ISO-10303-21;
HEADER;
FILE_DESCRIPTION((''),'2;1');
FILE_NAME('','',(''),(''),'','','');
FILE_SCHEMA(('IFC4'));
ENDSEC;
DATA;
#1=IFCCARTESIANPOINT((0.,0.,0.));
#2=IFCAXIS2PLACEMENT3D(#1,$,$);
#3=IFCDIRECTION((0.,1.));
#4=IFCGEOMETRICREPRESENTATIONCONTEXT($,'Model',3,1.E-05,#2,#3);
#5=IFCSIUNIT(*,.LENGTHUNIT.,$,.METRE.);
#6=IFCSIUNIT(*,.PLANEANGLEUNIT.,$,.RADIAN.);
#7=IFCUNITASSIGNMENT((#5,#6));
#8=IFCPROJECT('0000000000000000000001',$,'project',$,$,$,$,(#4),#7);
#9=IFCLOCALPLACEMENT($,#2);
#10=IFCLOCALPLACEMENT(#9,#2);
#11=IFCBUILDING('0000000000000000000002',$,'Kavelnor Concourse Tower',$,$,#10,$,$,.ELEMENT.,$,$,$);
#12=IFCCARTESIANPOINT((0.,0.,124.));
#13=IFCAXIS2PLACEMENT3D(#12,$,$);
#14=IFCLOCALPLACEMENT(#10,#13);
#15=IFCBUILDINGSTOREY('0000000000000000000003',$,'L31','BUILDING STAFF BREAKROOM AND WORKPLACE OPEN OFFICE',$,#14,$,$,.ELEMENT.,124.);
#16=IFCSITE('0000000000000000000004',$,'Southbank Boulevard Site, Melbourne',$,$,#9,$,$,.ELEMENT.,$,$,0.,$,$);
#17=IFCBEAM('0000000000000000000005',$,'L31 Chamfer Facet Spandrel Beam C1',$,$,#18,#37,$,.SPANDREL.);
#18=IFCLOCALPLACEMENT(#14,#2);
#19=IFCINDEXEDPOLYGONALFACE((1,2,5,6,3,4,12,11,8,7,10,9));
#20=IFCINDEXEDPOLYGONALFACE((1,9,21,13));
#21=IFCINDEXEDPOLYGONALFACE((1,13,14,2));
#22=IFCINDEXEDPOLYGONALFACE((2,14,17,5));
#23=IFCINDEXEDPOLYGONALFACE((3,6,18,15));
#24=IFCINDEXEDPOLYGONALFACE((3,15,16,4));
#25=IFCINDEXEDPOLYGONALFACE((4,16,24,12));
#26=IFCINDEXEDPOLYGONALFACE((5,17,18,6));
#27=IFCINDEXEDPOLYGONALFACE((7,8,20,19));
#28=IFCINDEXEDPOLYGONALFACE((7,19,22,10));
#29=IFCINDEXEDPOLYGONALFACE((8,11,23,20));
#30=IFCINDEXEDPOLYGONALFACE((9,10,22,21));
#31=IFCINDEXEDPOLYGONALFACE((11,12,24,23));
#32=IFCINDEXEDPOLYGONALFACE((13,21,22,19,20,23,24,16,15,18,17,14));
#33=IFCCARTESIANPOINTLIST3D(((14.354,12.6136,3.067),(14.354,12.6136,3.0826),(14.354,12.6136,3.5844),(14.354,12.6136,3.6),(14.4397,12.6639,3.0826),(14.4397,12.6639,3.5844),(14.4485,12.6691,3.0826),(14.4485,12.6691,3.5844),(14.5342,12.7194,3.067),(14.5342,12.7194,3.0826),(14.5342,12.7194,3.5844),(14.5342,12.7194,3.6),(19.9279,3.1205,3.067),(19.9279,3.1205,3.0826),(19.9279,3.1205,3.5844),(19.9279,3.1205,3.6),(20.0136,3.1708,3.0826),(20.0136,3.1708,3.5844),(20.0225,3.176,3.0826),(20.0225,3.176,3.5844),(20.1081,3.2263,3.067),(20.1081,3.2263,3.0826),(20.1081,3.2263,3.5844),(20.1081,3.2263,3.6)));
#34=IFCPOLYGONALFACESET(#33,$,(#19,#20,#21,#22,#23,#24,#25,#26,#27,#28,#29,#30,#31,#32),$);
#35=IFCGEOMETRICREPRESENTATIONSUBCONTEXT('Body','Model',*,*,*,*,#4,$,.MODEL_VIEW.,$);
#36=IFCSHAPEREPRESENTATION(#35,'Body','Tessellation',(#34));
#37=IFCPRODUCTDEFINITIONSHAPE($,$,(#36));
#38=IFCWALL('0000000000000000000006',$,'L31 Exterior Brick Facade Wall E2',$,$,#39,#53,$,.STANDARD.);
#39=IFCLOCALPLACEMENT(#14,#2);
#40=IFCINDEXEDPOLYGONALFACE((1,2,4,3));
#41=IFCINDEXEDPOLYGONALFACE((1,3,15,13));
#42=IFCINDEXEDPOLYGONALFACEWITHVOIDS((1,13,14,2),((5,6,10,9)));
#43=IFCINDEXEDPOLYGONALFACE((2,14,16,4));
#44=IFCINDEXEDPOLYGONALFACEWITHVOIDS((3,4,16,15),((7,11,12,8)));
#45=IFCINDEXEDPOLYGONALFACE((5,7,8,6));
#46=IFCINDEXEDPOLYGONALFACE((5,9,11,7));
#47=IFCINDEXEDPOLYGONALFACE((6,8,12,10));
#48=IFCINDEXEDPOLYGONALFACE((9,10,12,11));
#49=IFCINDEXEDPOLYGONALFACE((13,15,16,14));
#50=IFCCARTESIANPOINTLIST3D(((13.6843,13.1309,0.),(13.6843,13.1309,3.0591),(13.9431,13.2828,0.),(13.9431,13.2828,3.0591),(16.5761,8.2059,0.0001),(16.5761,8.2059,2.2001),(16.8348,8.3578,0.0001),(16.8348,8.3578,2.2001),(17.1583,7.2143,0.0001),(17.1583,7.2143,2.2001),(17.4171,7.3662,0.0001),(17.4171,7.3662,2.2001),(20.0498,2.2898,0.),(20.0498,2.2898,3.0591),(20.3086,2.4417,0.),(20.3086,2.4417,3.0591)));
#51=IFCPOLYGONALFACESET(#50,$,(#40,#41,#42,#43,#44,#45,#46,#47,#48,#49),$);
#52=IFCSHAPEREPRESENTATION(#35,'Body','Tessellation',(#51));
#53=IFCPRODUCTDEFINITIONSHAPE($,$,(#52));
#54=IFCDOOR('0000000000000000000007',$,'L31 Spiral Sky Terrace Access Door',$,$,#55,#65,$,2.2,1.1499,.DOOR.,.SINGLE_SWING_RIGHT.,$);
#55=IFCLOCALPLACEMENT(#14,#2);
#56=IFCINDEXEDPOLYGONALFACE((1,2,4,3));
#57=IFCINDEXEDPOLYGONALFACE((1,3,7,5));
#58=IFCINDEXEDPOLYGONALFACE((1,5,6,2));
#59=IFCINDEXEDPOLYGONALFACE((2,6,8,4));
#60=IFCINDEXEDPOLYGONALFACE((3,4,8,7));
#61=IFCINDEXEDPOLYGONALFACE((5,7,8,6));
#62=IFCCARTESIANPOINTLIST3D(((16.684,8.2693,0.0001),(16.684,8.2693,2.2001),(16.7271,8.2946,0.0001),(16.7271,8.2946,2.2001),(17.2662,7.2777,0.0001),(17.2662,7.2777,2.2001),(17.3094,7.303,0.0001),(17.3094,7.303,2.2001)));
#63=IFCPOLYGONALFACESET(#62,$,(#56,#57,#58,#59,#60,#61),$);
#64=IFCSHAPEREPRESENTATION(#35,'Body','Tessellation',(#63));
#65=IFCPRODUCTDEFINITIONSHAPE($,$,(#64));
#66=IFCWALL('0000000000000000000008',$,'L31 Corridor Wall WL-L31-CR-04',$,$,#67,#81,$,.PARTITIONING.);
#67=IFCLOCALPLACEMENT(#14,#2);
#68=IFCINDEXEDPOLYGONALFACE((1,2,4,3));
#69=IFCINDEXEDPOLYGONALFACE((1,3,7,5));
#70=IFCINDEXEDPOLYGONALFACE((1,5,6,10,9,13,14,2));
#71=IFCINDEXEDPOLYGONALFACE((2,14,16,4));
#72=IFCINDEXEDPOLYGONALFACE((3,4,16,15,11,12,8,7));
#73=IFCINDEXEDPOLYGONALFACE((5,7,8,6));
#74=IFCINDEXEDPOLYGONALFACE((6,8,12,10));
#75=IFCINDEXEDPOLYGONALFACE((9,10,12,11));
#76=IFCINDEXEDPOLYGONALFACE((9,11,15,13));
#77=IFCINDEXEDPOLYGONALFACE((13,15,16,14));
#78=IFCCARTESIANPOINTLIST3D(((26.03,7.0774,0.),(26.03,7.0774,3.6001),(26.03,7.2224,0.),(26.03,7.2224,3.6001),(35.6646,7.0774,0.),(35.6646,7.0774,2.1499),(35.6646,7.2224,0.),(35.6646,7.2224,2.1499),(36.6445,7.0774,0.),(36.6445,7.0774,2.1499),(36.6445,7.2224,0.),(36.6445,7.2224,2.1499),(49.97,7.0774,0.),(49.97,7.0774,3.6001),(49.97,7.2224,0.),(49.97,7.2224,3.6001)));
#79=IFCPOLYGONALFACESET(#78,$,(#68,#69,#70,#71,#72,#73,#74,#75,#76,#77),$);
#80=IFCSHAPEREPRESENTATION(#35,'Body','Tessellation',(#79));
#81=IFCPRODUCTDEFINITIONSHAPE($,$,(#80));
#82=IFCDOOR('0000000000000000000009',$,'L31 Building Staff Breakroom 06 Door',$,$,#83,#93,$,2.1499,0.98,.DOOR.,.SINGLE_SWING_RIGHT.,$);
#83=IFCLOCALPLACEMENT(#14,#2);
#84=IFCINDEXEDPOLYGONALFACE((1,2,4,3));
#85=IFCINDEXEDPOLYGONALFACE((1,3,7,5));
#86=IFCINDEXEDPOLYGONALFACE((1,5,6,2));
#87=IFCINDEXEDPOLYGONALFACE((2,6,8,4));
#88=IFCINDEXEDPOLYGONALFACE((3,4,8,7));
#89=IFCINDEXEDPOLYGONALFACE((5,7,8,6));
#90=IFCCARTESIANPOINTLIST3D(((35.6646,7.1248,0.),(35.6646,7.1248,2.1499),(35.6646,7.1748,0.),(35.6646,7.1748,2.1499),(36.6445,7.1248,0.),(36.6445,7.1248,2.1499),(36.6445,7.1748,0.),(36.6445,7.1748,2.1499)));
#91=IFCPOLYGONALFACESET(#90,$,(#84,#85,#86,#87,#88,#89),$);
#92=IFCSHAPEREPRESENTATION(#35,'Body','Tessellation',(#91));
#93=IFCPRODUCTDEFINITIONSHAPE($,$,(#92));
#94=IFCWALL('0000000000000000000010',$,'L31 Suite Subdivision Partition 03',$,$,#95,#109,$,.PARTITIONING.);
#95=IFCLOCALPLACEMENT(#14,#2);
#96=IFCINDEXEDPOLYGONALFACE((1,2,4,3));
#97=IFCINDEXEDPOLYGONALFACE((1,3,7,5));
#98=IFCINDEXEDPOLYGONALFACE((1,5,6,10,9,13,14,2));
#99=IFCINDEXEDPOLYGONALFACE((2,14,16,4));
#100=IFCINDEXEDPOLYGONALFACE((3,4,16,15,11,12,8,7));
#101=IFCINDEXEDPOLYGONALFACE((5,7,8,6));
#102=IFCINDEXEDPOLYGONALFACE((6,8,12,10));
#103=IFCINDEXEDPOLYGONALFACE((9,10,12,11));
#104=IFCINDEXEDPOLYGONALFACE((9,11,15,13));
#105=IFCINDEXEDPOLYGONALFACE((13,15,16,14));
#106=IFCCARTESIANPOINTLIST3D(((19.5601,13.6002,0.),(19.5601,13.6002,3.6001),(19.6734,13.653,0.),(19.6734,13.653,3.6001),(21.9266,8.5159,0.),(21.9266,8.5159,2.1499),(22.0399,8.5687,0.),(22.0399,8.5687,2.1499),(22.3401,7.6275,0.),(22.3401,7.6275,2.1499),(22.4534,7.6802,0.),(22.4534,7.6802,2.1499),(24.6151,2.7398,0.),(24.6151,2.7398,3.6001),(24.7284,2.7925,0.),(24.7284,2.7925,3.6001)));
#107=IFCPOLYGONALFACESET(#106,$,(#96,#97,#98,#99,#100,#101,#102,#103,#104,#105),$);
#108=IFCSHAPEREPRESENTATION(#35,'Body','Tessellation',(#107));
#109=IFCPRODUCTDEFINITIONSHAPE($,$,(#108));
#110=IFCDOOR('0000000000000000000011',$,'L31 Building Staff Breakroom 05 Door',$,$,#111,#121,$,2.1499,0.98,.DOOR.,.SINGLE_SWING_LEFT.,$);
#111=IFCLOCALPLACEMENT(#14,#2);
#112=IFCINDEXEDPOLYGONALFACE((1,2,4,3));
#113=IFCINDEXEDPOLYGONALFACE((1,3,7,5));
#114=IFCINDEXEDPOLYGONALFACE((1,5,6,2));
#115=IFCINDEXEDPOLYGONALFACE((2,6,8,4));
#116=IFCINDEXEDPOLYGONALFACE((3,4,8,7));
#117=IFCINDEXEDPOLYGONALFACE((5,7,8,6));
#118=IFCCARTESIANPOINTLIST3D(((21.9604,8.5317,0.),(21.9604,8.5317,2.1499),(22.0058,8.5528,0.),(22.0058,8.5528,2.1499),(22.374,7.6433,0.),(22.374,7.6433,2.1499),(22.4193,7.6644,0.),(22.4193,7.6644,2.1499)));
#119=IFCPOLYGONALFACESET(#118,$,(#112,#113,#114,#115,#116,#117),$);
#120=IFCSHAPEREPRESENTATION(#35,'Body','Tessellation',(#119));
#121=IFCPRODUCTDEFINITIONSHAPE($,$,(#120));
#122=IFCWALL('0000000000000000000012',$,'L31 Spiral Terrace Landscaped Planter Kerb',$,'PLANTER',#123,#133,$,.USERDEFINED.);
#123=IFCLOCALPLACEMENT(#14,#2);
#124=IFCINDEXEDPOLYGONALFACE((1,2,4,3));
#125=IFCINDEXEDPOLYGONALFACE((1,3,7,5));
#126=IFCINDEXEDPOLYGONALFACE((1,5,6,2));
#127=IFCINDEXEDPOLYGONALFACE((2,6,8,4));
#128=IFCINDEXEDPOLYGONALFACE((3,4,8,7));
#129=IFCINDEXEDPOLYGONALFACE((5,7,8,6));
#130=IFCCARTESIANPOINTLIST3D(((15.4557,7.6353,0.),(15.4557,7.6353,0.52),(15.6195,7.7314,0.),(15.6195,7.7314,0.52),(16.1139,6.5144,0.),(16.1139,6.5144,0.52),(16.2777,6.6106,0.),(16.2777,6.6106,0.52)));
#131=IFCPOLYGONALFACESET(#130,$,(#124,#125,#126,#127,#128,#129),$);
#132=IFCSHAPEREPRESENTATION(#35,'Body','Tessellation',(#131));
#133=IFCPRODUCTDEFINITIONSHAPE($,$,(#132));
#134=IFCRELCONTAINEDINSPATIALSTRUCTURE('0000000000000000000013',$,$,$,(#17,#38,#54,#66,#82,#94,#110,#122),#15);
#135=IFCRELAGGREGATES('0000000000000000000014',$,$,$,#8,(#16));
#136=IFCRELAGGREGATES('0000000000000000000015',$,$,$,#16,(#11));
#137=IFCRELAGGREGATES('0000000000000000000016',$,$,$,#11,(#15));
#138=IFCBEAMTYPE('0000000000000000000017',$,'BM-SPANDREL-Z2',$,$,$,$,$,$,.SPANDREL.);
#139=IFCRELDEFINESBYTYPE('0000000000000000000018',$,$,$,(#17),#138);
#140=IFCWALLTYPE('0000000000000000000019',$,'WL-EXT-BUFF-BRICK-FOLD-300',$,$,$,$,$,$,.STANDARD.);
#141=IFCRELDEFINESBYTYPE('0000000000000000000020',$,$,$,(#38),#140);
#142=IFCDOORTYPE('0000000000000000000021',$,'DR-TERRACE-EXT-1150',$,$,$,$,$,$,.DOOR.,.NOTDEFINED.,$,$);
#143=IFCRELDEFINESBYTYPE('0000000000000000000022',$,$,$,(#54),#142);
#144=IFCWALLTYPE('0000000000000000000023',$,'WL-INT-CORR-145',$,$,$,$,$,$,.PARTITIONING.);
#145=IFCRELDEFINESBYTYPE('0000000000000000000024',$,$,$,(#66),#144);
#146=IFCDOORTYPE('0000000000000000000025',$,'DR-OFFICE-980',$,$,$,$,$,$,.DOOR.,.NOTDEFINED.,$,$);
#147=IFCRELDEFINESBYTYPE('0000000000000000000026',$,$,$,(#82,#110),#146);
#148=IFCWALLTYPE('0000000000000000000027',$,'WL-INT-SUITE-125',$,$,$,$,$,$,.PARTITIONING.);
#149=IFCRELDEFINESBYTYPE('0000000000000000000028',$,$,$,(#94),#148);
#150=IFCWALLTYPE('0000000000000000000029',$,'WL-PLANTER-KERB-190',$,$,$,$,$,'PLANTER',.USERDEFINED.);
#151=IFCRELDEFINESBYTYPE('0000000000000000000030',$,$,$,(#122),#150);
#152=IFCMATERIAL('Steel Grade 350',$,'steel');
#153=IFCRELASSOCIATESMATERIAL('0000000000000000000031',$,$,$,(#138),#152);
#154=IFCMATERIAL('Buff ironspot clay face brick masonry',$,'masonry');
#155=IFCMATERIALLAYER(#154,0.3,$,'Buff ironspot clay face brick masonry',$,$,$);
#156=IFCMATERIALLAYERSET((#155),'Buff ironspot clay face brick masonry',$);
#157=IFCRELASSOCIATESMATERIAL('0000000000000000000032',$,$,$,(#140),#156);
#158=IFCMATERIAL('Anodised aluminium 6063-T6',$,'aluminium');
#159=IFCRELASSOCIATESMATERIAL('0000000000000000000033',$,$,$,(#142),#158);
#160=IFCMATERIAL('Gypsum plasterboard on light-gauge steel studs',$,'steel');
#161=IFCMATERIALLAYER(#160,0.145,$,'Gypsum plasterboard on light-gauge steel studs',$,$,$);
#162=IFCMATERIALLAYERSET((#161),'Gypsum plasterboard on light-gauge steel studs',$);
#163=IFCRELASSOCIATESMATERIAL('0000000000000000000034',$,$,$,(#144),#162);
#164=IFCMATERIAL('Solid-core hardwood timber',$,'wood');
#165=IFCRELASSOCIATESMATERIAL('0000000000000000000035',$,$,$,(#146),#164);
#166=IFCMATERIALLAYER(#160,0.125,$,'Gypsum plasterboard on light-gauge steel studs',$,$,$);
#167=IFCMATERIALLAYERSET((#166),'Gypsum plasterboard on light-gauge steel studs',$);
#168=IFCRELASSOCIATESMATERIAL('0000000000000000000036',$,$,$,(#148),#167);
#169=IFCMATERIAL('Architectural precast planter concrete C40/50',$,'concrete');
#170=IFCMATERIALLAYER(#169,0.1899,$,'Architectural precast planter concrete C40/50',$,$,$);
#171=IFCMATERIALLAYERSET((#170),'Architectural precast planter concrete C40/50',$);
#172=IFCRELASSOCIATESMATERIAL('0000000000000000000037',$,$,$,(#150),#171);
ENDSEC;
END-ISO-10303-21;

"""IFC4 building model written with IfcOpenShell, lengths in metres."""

from ifc_helpers import new_model, si_unit, direction, frame, frame_2d, origin, origin_2d, place, context, subcontext, project, spatial, rectangle, i_section, extrude, material, layer, layer_set, material_profile, profile_set, type_object, element, fill, save


model = new_model("IFC4")

# Units and contexts
model_context = context("Model", 3, precision=1e-05, world=origin(), true_north=direction((0.0, 1.0)))
body_context = subcontext(model_context, "Body", "Model", "MODEL_VIEW")
ifc_project = project(units=[si_unit("LENGTHUNIT", "METRE"), si_unit("PLANEANGLEUNIT", "RADIAN")], contexts=[model_context])

# Site, building, storey
site_placement = place(None, origin())
site = spatial("IfcSite", under=ifc_project, at=site_placement, Name="Southbank Boulevard Site, Melbourne", CompositionType="ELEMENT", RefElevation=0.0)
building_placement = place(site_placement, origin())
building = spatial("IfcBuilding", under=site, at=building_placement, Name="Kavelnor Concourse Tower", CompositionType="ELEMENT")
storey_placement = place(building_placement, frame((0.0, 0.0, 124.0)))
storey = spatial("IfcBuildingStorey", under=building, at=storey_placement, Name="L31", Description="BUILDING STAFF BREAKROOM AND WORKPLACE OPEN OFFICE", CompositionType="ELEMENT", Elevation=124.0)

# Shared definitions
ifc_material_1 = material(Name="Steel Grade 350", Category="steel")

# Beam
ifc_material_profile_1 = material_profile(ifc_material_1, i_section(OverallWidth=0.209, OverallDepth=0.533, WebThickness=0.0103, FlangeThickness=0.0156, at=origin_2d()), Name="530UB92")
ifc_profile_set_1 = profile_set([ifc_material_profile_1], Name="Steel Grade 350")
beam_type_1 = type_object("IfcBeamType", Name="BM-SPANDREL-Z2", PredefinedType="SPANDREL", material=ifc_profile_set_1)
beam_1_placement = place(storey_placement, frame((14.4441, 12.6665, 3.3335), z_axis=(0.506329, -0.86234, 0.0), x_axis=(0.86234, 0.506329, 0.0)))
element("IfcBeam", 1, at=beam_1_placement, inside=storey, type_object=beam_type_1, Name="L31 Chamfer Facet Spandrel Beam C1", PredefinedType="SPANDREL", context=body_context, shape_type="SweptSolid", body=[
    extrude(i_section(OverallWidth=0.209, OverallDepth=0.533, WebThickness=0.0103, FlangeThickness=0.0156, at=origin_2d()), origin(), (0.0, 0.0, 1.0), 11.0085),
])

# Walls, openings, doors
ifc_material_2 = material(Name="Buff ironspot clay face brick masonry", Category="masonry")
ifc_layer_1 = layer(ifc_material_2, 0.3, Name="Buff ironspot clay face brick masonry")
ifc_layer_set_1 = layer_set([ifc_layer_1], Name="Buff ironspot clay face brick masonry")
wall_type_1 = type_object("IfcWallType", Name="WL-EXT-BUFF-BRICK-FOLD-300", PredefinedType="STANDARD", material=ifc_layer_set_1)
wall_1_placement = place(storey_placement, frame((20.1792, 2.3657, 0.0), z_axis=(0.0, 0.0, 1.0), x_axis=(-0.506333, 0.862338, 0.0)))
wall_1 = element("IfcWall", 2, at=wall_1_placement, inside=storey, type_object=wall_type_1, Name="L31 Exterior Brick Facade Wall E2", PredefinedType="STANDARD", context=body_context, shape_type="SweptSolid", body=[
    extrude(rectangle(XDim=12.5718, YDim=0.3, at=frame_2d((6.2859, 0.0))), origin(), (0.0, 0.0, 1.0), 3.0591),
])
opening_1_placement = place(wall_1_placement, frame((5.7107, 0.0, 0.0)))
opening_1 = element("IfcOpeningElement", 3, at=opening_1_placement, cuts=wall_1, PredefinedType="OPENING", context=body_context, shape_type="SweptSolid", body=[
    extrude(rectangle(XDim=1.1499, YDim=2.2, at=frame_2d((0.575, 1.1001))), frame((0.0, 0.1602, 0.0), z_axis=(0.0, -1.0, 0.0), x_axis=(1.0, 0.0, 0.0)), (0.0, 0.0, 1.0), 0.3201),
])
ifc_material_3 = material(Name="Anodised aluminium 6063-T6", Category="aluminium")
door_type_1 = type_object("IfcDoorType", Name="DR-TERRACE-EXT-1150", OperationType="NOTDEFINED", PredefinedType="DOOR", material=ifc_material_3)
door_1_placement = place(opening_1_placement, origin())
door_1 = element("IfcDoor", 4, at=door_1_placement, inside=storey, type_object=door_type_1, Name="L31 Spiral Sky Terrace Access Door", OperationType="SINGLE_SWING_RIGHT", OverallHeight=2.2, OverallWidth=1.1499, PredefinedType="DOOR", context=body_context, shape_type="SweptSolid", body=[
    extrude(rectangle(XDim=1.1499, YDim=2.2, at=frame_2d((0.575, 1.1001))), frame((0.0, 0.0249, 0.0), z_axis=(0.0, -1.0, 0.0), x_axis=(1.0, 0.0, 0.0)), (0.0, 0.0, 1.0), 0.05),
])
fill(opening_1, door_1)
ifc_material_4 = material(Name="Gypsum plasterboard on light-gauge steel studs", Category="steel")
ifc_layer_2 = layer(ifc_material_4, 0.145, Name="Gypsum plasterboard on light-gauge steel studs")
ifc_layer_set_2 = layer_set([ifc_layer_2], Name="Gypsum plasterboard on light-gauge steel studs")
wall_type_2 = type_object("IfcWallType", Name="WL-INT-CORR-145", PredefinedType="PARTITIONING", material=ifc_layer_set_2)
wall_2_placement = place(storey_placement, frame((26.03, 7.1499, 0.0), z_axis=(0.0, 0.0, 1.0), x_axis=(1.0, 0.0, 0.0)))
wall_2 = element("IfcWall", 5, at=wall_2_placement, inside=storey, type_object=wall_type_2, Name="L31 Corridor Wall WL-L31-CR-04", PredefinedType="PARTITIONING", context=body_context, shape_type="SweptSolid", body=[
    extrude(rectangle(XDim=23.9399, YDim=0.145, at=frame_2d((11.97, 0.0))), origin(), (0.0, 0.0, 1.0), 3.6001),
])
opening_2_placement = place(wall_2_placement, frame((9.6345, 0.0, 0.0)))
opening_2 = element("IfcOpeningElement", 6, at=opening_2_placement, cuts=wall_2, PredefinedType="OPENING", context=body_context, shape_type="SweptSolid", body=[
    extrude(rectangle(XDim=0.98, YDim=2.1499, at=frame_2d((0.49, 1.075))), frame((0.0, 0.0825, 0.0), z_axis=(0.0, -1.0, 0.0), x_axis=(1.0, 0.0, 0.0)), (0.0, 0.0, 1.0), 0.165),
])
ifc_material_5 = material(Name="Solid-core hardwood timber", Category="wood")
door_type_2 = type_object("IfcDoorType", Name="DR-OFFICE-980", OperationType="NOTDEFINED", PredefinedType="DOOR", material=ifc_material_5)
door_2_placement = place(opening_2_placement, origin())
door_2 = element("IfcDoor", 7, at=door_2_placement, inside=storey, type_object=door_type_2, Name="L31 Building Staff Breakroom 06 Door", OperationType="SINGLE_SWING_RIGHT", OverallHeight=2.1499, OverallWidth=0.98, PredefinedType="DOOR", context=body_context, shape_type="SweptSolid", body=[
    extrude(rectangle(XDim=0.98, YDim=2.1499, at=frame_2d((0.49, 1.075))), frame((0.0, 0.0249, 0.0), z_axis=(0.0, -1.0, 0.0), x_axis=(1.0, 0.0, 0.0)), (0.0, 0.0, 1.0), 0.05),
])
fill(opening_2, door_2)
ifc_layer_3 = layer(ifc_material_4, 0.125, Name="Gypsum plasterboard on light-gauge steel studs")
ifc_layer_set_3 = layer_set([ifc_layer_3], Name="Gypsum plasterboard on light-gauge steel studs")
wall_type_3 = type_object("IfcWallType", Name="WL-INT-SUITE-125", PredefinedType="PARTITIONING", material=ifc_layer_set_3)
wall_3_placement = place(storey_placement, frame((19.6167, 13.6267, 0.0), z_axis=(0.0, 0.0, 1.0), x_axis=(0.421978, -0.906606, 0.0)))
wall_3 = element("IfcWall", 8, at=wall_3_placement, inside=storey, type_object=wall_type_3, Name="L31 Suite Subdivision Partition 03", PredefinedType="PARTITIONING", context=body_context, shape_type="SweptSolid", body=[
    extrude(rectangle(XDim=11.9792, YDim=0.125, at=frame_2d((5.9897, 0.0))), origin(), (0.0, 0.0, 1.0), 3.6001),
])
opening_3_placement = place(wall_3_placement, frame((5.6082, 0.0, 0.0)))
opening_3 = element("IfcOpeningElement", 9, at=opening_3_placement, cuts=wall_3, PredefinedType="OPENING", context=body_context, shape_type="SweptSolid", body=[
    extrude(rectangle(XDim=0.98, YDim=2.1499, at=frame_2d((0.49, 1.075))), frame((0.0, 0.0725, 0.0), z_axis=(0.0, -1.0, 0.0), x_axis=(1.0, 0.0, 0.0)), (0.0, 0.0, 1.0), 0.145),
])
door_3_placement = place(opening_3_placement, origin())
door_3 = element("IfcDoor", 10, at=door_3_placement, inside=storey, type_object=door_type_2, Name="L31 Building Staff Breakroom 05 Door", OperationType="SINGLE_SWING_LEFT", OverallHeight=2.1499, OverallWidth=0.98, PredefinedType="DOOR", context=body_context, shape_type="SweptSolid", body=[
    extrude(rectangle(XDim=0.98, YDim=2.1499, at=frame_2d((0.49, 1.075))), frame((0.0, 0.0249, 0.0), z_axis=(0.0, -1.0, 0.0), x_axis=(1.0, 0.0, 0.0)), (0.0, 0.0, 1.0), 0.05),
])
fill(opening_3, door_3)

# Wall
ifc_material_6 = material(Name="Architectural precast planter concrete C40/50", Category="concrete")
ifc_layer_4 = layer(ifc_material_6, 0.1899, Name="Architectural precast planter concrete C40/50")
ifc_layer_set_4 = layer_set([ifc_layer_4], Name="Architectural precast planter concrete C40/50")
wall_type_4 = type_object("IfcWallType", Name="WL-PLANTER-KERB-190", ElementType="PLANTER", PredefinedType="USERDEFINED", material=ifc_layer_set_4)
wall_4_placement = place(storey_placement, frame((15.5376, 7.6833, 0.0), z_axis=(0.0, 0.0, 1.0), x_axis=(0.50638, -0.862311, 0.0)))
element("IfcWall", 11, at=wall_4_placement, inside=storey, type_object=wall_type_4, Name="L31 Spiral Terrace Landscaped Planter Kerb", ObjectType="PLANTER", PredefinedType="USERDEFINED", context=body_context, shape_type="SweptSolid", body=[
    extrude(rectangle(XDim=1.2998, YDim=0.1899, at=frame_2d((0.6499, 0.0))), origin(), (0.0, 0.0, 1.0), 0.52),
])

save(model, "model.ifc")
